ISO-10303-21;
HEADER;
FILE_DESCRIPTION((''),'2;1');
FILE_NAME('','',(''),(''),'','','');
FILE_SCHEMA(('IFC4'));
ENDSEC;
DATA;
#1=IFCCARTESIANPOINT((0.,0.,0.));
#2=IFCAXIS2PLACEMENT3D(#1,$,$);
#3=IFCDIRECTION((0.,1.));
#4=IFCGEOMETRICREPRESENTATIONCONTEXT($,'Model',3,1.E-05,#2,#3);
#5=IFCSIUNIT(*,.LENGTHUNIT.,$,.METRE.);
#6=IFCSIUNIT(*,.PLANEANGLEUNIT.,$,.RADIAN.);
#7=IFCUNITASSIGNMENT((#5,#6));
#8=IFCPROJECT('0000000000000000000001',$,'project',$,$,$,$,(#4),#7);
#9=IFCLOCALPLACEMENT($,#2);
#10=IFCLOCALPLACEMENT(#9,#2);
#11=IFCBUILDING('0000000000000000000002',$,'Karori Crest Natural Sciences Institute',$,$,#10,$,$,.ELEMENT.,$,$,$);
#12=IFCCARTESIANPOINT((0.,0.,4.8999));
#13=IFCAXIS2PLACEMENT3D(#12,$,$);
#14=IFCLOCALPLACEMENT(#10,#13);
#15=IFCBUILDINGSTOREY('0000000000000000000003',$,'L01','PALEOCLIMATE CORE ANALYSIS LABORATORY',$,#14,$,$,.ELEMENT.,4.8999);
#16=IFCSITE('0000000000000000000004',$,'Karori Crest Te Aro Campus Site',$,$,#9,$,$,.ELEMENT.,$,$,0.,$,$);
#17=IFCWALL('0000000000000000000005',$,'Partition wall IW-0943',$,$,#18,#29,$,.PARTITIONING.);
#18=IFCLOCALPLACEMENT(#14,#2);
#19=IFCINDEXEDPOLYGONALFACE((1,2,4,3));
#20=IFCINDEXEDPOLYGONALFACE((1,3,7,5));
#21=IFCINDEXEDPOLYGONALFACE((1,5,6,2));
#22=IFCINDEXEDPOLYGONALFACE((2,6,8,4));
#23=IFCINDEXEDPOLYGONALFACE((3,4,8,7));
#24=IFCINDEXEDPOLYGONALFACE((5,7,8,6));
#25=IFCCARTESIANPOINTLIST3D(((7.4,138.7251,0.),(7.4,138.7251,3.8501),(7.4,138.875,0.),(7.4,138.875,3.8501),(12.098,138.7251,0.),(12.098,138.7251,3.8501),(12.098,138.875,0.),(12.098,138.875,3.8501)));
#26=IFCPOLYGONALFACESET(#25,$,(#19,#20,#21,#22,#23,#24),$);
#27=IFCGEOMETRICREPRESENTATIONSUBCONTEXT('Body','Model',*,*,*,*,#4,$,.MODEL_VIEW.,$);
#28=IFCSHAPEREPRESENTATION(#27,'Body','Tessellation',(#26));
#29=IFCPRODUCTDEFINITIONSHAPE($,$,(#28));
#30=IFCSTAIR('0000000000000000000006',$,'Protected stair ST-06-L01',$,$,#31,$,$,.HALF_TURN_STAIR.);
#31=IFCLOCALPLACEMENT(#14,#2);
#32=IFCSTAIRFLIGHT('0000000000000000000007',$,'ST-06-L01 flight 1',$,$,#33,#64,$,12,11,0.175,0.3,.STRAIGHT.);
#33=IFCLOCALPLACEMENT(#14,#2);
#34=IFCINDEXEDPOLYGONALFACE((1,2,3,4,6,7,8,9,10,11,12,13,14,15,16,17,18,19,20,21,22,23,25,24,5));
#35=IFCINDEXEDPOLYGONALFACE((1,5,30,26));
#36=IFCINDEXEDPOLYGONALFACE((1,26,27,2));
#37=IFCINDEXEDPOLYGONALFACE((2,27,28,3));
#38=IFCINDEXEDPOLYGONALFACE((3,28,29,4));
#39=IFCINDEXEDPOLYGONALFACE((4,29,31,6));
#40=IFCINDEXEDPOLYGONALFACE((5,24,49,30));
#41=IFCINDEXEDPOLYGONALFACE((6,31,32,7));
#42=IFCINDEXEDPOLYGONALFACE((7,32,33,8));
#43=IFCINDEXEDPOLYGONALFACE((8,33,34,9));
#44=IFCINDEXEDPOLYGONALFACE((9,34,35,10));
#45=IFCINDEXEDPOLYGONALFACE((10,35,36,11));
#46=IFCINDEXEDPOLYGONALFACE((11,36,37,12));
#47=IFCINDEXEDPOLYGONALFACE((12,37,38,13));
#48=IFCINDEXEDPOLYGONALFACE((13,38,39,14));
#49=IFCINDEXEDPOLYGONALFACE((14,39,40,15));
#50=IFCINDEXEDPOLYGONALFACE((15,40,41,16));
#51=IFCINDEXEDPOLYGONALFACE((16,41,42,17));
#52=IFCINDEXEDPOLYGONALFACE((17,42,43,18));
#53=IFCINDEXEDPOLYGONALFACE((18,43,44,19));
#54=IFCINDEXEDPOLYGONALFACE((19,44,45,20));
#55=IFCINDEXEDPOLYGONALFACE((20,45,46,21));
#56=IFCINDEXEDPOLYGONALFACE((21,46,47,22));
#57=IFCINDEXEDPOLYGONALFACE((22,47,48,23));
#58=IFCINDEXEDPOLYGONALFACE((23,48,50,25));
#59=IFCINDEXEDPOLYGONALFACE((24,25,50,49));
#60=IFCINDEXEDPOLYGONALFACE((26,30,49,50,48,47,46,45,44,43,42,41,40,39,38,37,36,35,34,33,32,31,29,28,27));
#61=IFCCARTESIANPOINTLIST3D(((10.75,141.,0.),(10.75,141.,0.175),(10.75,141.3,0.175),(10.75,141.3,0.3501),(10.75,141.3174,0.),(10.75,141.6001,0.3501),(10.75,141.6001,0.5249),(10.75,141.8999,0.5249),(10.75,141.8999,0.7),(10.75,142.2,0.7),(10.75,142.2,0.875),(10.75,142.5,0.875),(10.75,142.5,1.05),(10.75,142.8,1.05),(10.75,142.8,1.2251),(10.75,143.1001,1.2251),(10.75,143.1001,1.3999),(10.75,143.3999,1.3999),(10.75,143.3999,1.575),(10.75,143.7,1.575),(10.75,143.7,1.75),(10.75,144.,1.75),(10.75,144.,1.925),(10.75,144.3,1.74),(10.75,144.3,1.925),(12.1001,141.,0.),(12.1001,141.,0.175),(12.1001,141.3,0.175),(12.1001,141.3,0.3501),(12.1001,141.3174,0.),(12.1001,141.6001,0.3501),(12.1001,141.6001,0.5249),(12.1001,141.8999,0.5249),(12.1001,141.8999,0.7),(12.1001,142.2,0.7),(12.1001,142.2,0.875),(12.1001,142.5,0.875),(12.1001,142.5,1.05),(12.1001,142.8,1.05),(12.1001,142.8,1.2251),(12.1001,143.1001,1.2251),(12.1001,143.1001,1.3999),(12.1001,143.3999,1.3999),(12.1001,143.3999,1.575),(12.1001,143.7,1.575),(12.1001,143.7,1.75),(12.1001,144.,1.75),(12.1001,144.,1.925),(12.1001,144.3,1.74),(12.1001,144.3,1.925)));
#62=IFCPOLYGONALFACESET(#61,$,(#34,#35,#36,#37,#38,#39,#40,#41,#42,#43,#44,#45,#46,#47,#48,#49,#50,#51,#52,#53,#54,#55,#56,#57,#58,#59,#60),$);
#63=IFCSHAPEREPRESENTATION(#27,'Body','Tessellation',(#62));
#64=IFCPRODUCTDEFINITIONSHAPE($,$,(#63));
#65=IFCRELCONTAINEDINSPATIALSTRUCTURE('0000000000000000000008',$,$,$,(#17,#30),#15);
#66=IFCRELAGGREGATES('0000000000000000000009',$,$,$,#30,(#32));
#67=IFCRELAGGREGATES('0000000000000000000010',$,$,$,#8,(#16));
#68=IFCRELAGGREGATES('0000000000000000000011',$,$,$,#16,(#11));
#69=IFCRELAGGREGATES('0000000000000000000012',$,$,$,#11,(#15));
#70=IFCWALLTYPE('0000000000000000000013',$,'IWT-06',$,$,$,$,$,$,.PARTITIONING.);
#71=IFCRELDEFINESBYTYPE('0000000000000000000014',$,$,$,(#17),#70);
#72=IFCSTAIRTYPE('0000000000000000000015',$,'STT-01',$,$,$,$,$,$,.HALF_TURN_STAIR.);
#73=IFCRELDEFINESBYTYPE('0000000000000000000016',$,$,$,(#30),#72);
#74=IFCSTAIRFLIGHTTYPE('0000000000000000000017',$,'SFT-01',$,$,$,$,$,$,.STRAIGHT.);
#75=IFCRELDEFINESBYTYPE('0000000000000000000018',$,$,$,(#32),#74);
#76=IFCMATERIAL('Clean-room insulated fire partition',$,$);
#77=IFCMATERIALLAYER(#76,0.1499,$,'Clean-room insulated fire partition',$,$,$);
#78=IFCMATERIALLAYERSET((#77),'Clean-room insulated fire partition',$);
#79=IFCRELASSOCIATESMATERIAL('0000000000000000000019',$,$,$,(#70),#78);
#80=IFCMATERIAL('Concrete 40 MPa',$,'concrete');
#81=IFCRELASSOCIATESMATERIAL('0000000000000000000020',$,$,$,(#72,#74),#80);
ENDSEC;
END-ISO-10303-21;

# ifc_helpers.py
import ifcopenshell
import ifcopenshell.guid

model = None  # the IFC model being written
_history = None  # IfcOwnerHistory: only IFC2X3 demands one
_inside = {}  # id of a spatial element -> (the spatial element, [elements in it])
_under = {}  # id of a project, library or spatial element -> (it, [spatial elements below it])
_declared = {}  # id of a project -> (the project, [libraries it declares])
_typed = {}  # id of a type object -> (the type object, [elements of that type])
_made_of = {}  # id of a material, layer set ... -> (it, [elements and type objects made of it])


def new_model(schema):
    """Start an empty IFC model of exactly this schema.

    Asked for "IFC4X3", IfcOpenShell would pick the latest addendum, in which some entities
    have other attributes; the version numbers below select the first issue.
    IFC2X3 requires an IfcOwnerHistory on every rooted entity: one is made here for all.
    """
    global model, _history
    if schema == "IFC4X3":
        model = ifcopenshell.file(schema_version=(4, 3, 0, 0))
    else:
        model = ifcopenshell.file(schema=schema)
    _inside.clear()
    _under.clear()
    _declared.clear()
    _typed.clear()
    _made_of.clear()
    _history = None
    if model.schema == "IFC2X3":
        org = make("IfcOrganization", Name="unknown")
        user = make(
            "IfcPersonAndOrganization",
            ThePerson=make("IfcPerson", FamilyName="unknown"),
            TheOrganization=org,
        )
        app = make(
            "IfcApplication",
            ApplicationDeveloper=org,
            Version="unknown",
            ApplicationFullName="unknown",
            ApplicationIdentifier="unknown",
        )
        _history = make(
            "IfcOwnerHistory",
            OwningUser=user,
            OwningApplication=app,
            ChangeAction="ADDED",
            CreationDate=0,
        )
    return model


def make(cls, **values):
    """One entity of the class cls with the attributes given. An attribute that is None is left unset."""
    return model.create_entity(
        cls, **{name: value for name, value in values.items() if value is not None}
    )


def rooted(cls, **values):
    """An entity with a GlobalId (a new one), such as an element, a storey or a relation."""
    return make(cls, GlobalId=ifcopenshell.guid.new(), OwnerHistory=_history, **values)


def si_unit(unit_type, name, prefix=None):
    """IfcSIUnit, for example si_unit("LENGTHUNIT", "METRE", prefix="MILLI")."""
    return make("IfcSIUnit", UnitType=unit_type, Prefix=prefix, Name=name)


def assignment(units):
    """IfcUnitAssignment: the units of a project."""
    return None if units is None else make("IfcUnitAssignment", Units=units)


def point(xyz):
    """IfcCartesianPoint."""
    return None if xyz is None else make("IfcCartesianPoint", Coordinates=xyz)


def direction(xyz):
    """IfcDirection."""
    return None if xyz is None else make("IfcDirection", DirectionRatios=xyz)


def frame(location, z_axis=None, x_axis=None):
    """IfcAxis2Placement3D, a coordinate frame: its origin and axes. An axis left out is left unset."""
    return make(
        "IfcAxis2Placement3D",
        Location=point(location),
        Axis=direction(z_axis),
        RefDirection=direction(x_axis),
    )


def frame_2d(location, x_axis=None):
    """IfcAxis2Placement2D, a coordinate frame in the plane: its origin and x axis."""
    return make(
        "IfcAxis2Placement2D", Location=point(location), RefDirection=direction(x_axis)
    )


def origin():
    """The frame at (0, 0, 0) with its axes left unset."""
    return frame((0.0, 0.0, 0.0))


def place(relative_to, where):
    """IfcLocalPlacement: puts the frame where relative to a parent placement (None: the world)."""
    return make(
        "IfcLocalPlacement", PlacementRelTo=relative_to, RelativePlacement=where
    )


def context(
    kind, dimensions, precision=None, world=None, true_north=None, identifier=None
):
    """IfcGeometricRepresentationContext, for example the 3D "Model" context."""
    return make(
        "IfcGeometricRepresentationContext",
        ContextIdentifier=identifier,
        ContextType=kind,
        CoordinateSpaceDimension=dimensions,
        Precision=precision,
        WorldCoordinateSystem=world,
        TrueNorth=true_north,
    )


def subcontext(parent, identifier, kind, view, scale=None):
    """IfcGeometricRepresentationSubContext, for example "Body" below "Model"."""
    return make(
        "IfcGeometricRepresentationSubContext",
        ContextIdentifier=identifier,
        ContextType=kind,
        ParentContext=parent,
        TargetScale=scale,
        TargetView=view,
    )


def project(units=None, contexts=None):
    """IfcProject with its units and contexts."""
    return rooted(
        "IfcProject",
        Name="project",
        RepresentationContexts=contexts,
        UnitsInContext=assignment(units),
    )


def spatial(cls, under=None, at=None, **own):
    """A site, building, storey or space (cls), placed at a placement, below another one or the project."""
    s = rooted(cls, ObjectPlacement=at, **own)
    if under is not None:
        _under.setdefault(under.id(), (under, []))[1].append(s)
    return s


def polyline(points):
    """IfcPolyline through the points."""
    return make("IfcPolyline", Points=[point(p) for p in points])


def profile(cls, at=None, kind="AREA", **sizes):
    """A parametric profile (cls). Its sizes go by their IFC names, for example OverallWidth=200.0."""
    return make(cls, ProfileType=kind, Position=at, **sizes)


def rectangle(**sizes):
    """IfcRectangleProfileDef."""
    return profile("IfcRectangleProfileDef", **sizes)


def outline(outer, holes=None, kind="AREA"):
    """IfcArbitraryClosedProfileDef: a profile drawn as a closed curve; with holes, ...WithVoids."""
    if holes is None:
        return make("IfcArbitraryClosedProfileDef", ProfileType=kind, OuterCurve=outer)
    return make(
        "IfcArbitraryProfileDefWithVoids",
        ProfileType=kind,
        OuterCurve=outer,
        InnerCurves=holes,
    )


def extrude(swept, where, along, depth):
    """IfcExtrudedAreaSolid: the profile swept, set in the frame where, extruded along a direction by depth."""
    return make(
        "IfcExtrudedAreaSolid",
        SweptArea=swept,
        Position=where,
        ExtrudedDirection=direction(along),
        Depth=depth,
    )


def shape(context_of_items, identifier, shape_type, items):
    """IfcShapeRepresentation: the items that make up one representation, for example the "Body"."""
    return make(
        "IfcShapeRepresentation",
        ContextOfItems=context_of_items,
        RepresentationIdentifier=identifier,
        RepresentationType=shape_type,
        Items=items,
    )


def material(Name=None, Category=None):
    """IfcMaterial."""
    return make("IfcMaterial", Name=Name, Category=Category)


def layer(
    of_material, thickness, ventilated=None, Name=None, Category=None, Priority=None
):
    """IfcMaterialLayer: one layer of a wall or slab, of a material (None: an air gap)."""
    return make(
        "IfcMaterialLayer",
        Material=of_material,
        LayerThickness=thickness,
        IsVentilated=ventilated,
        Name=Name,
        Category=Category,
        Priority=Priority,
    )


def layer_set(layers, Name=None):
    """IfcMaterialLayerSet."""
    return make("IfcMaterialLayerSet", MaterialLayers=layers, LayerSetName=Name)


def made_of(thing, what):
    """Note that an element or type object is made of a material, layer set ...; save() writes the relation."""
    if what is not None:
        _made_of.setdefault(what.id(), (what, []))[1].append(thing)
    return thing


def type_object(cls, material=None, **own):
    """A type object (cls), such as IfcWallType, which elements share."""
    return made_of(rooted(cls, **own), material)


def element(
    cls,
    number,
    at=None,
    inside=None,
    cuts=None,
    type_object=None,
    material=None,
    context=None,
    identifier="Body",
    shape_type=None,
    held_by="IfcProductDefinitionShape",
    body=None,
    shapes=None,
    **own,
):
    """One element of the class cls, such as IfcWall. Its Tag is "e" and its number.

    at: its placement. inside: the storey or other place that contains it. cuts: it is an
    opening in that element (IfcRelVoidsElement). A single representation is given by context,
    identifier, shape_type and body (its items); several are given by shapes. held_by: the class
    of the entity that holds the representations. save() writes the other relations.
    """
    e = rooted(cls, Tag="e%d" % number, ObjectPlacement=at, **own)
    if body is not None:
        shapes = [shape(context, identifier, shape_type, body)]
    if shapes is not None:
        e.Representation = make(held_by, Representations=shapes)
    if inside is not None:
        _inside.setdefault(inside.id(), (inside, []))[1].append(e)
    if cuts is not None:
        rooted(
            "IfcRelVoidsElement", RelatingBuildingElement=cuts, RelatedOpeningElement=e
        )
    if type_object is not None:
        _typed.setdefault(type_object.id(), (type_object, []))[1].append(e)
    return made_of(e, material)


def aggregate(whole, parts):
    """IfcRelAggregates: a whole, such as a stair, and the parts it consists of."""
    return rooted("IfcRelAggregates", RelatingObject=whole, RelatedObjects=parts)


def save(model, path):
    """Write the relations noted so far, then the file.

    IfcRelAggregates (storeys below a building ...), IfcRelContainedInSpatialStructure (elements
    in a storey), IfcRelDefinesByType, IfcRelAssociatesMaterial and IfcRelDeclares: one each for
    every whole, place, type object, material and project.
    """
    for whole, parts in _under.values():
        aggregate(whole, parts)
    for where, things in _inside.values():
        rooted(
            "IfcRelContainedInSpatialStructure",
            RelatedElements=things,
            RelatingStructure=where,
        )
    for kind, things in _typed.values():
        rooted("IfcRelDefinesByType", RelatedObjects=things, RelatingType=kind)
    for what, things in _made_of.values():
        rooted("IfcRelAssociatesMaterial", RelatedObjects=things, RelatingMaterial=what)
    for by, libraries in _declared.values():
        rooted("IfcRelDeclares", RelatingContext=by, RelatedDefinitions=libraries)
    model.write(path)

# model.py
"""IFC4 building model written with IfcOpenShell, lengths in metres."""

from ifc_helpers import new_model, si_unit, direction, frame, frame_2d, origin, place, context, subcontext, project, spatial, polyline, rectangle, outline, extrude, material, layer, layer_set, type_object, element, aggregate, save


model = new_model("IFC4")

# Units and contexts
model_context = context("Model", 3, precision=1e-05, world=origin(), true_north=direction((0.0, 1.0)))
body_context = subcontext(model_context, "Body", "Model", "MODEL_VIEW")
ifc_project = project(units=[si_unit("LENGTHUNIT", "METRE"), si_unit("PLANEANGLEUNIT", "RADIAN")], contexts=[model_context])

# Site, building, storey
site_placement = place(None, origin())
site = spatial("IfcSite", under=ifc_project, at=site_placement, Name="Karori Crest Te Aro Campus Site", CompositionType="ELEMENT", RefElevation=0.0)
building_placement = place(site_placement, origin())
building = spatial("IfcBuilding", under=site, at=building_placement, Name="Karori Crest Natural Sciences Institute", CompositionType="ELEMENT")
storey_placement = place(building_placement, frame((0.0, 0.0, 4.8999)))
storey = spatial("IfcBuildingStorey", under=building, at=storey_placement, Name="L01", Description="PALEOCLIMATE CORE ANALYSIS LABORATORY", CompositionType="ELEMENT", Elevation=4.8999)

# Wall
ifc_material_1 = material(Name="Clean-room insulated fire partition")
ifc_layer_1 = layer(ifc_material_1, 0.1499, Name="Clean-room insulated fire partition")
ifc_layer_set_1 = layer_set([ifc_layer_1], Name="Clean-room insulated fire partition")
wall_type_1 = type_object("IfcWallType", Name="IWT-06", PredefinedType="PARTITIONING", material=ifc_layer_set_1)
wall_1_placement = place(storey_placement, frame((7.3999, 138.8, 0.0), z_axis=(0.0, 0.0, 1.0), x_axis=(1.0, 0.0, 0.0)))
element("IfcWall", 1, at=wall_1_placement, inside=storey, type_object=wall_type_1, Name="Partition wall IW-0943", PredefinedType="PARTITIONING", context=body_context, shape_type="SweptSolid", body=[
    extrude(rectangle(XDim=4.698, YDim=0.1499, at=frame_2d((2.3491, 0.0))), origin(), (0.0, 0.0, 1.0), 3.8501),
])

# Stair, stair flight
ifc_material_2 = material(Name="Concrete 40 MPa", Category="concrete")
stair_type = type_object("IfcStairType", Name="STT-01", PredefinedType="HALF_TURN_STAIR", material=ifc_material_2)
stair_placement = place(storey_placement, origin())
stair = element("IfcStair", 2, at=stair_placement, inside=storey, type_object=stair_type, Name="Protected stair ST-06-L01", PredefinedType="HALF_TURN_STAIR")
stair_flight_type = type_object("IfcStairFlightType", Name="SFT-01", PredefinedType="STRAIGHT", material=ifc_material_2)
stair_flight_placement = place(storey_placement, frame((11.425, 141.0, 0.0), z_axis=(0.0, 0.0, 1.0), x_axis=(0.0, 1.0, 0.0)))
stair_flight = element("IfcStairFlight", 3, at=stair_flight_placement, type_object=stair_flight_type, Name="ST-06-L01 flight 1", NumberOfRisers=12, NumberOfTreads=11, PredefinedType="STRAIGHT", RiserHeight=0.175, TreadLength=0.3, context=body_context, shape_type="SweptSolid", body=[
    extrude(outline(polyline([(0.0, 0.0), (0.0, 0.175), (0.3, 0.175), (0.3, 0.3501), (0.6001, 0.3501), (0.6001, 0.5249), (0.8999, 0.5249), (0.8999, 0.7), (1.2, 0.7), (1.2, 0.875), (1.5, 0.875), (1.5, 1.05), (1.8, 1.05), (1.8, 1.2251), (2.1001, 1.2251), (2.1001, 1.3999), (2.3999, 1.3999), (2.3999, 1.575), (2.7, 1.575), (2.7, 1.75), (3.0, 1.75), (3.0, 1.925), (3.3, 1.925), (3.3, 2.1001), (3.3, 1.74), (0.3174, 0.0), (0.0, 0.0)])), frame((0.0, 0.675, 0.0), z_axis=(0.0, -1.0, 0.0), x_axis=(1.0, 0.0, 0.0)), (0.0, 0.0, 1.0), 1.3501),
])
aggregate(stair, [stair_flight])

save(model, "model.ifc")
